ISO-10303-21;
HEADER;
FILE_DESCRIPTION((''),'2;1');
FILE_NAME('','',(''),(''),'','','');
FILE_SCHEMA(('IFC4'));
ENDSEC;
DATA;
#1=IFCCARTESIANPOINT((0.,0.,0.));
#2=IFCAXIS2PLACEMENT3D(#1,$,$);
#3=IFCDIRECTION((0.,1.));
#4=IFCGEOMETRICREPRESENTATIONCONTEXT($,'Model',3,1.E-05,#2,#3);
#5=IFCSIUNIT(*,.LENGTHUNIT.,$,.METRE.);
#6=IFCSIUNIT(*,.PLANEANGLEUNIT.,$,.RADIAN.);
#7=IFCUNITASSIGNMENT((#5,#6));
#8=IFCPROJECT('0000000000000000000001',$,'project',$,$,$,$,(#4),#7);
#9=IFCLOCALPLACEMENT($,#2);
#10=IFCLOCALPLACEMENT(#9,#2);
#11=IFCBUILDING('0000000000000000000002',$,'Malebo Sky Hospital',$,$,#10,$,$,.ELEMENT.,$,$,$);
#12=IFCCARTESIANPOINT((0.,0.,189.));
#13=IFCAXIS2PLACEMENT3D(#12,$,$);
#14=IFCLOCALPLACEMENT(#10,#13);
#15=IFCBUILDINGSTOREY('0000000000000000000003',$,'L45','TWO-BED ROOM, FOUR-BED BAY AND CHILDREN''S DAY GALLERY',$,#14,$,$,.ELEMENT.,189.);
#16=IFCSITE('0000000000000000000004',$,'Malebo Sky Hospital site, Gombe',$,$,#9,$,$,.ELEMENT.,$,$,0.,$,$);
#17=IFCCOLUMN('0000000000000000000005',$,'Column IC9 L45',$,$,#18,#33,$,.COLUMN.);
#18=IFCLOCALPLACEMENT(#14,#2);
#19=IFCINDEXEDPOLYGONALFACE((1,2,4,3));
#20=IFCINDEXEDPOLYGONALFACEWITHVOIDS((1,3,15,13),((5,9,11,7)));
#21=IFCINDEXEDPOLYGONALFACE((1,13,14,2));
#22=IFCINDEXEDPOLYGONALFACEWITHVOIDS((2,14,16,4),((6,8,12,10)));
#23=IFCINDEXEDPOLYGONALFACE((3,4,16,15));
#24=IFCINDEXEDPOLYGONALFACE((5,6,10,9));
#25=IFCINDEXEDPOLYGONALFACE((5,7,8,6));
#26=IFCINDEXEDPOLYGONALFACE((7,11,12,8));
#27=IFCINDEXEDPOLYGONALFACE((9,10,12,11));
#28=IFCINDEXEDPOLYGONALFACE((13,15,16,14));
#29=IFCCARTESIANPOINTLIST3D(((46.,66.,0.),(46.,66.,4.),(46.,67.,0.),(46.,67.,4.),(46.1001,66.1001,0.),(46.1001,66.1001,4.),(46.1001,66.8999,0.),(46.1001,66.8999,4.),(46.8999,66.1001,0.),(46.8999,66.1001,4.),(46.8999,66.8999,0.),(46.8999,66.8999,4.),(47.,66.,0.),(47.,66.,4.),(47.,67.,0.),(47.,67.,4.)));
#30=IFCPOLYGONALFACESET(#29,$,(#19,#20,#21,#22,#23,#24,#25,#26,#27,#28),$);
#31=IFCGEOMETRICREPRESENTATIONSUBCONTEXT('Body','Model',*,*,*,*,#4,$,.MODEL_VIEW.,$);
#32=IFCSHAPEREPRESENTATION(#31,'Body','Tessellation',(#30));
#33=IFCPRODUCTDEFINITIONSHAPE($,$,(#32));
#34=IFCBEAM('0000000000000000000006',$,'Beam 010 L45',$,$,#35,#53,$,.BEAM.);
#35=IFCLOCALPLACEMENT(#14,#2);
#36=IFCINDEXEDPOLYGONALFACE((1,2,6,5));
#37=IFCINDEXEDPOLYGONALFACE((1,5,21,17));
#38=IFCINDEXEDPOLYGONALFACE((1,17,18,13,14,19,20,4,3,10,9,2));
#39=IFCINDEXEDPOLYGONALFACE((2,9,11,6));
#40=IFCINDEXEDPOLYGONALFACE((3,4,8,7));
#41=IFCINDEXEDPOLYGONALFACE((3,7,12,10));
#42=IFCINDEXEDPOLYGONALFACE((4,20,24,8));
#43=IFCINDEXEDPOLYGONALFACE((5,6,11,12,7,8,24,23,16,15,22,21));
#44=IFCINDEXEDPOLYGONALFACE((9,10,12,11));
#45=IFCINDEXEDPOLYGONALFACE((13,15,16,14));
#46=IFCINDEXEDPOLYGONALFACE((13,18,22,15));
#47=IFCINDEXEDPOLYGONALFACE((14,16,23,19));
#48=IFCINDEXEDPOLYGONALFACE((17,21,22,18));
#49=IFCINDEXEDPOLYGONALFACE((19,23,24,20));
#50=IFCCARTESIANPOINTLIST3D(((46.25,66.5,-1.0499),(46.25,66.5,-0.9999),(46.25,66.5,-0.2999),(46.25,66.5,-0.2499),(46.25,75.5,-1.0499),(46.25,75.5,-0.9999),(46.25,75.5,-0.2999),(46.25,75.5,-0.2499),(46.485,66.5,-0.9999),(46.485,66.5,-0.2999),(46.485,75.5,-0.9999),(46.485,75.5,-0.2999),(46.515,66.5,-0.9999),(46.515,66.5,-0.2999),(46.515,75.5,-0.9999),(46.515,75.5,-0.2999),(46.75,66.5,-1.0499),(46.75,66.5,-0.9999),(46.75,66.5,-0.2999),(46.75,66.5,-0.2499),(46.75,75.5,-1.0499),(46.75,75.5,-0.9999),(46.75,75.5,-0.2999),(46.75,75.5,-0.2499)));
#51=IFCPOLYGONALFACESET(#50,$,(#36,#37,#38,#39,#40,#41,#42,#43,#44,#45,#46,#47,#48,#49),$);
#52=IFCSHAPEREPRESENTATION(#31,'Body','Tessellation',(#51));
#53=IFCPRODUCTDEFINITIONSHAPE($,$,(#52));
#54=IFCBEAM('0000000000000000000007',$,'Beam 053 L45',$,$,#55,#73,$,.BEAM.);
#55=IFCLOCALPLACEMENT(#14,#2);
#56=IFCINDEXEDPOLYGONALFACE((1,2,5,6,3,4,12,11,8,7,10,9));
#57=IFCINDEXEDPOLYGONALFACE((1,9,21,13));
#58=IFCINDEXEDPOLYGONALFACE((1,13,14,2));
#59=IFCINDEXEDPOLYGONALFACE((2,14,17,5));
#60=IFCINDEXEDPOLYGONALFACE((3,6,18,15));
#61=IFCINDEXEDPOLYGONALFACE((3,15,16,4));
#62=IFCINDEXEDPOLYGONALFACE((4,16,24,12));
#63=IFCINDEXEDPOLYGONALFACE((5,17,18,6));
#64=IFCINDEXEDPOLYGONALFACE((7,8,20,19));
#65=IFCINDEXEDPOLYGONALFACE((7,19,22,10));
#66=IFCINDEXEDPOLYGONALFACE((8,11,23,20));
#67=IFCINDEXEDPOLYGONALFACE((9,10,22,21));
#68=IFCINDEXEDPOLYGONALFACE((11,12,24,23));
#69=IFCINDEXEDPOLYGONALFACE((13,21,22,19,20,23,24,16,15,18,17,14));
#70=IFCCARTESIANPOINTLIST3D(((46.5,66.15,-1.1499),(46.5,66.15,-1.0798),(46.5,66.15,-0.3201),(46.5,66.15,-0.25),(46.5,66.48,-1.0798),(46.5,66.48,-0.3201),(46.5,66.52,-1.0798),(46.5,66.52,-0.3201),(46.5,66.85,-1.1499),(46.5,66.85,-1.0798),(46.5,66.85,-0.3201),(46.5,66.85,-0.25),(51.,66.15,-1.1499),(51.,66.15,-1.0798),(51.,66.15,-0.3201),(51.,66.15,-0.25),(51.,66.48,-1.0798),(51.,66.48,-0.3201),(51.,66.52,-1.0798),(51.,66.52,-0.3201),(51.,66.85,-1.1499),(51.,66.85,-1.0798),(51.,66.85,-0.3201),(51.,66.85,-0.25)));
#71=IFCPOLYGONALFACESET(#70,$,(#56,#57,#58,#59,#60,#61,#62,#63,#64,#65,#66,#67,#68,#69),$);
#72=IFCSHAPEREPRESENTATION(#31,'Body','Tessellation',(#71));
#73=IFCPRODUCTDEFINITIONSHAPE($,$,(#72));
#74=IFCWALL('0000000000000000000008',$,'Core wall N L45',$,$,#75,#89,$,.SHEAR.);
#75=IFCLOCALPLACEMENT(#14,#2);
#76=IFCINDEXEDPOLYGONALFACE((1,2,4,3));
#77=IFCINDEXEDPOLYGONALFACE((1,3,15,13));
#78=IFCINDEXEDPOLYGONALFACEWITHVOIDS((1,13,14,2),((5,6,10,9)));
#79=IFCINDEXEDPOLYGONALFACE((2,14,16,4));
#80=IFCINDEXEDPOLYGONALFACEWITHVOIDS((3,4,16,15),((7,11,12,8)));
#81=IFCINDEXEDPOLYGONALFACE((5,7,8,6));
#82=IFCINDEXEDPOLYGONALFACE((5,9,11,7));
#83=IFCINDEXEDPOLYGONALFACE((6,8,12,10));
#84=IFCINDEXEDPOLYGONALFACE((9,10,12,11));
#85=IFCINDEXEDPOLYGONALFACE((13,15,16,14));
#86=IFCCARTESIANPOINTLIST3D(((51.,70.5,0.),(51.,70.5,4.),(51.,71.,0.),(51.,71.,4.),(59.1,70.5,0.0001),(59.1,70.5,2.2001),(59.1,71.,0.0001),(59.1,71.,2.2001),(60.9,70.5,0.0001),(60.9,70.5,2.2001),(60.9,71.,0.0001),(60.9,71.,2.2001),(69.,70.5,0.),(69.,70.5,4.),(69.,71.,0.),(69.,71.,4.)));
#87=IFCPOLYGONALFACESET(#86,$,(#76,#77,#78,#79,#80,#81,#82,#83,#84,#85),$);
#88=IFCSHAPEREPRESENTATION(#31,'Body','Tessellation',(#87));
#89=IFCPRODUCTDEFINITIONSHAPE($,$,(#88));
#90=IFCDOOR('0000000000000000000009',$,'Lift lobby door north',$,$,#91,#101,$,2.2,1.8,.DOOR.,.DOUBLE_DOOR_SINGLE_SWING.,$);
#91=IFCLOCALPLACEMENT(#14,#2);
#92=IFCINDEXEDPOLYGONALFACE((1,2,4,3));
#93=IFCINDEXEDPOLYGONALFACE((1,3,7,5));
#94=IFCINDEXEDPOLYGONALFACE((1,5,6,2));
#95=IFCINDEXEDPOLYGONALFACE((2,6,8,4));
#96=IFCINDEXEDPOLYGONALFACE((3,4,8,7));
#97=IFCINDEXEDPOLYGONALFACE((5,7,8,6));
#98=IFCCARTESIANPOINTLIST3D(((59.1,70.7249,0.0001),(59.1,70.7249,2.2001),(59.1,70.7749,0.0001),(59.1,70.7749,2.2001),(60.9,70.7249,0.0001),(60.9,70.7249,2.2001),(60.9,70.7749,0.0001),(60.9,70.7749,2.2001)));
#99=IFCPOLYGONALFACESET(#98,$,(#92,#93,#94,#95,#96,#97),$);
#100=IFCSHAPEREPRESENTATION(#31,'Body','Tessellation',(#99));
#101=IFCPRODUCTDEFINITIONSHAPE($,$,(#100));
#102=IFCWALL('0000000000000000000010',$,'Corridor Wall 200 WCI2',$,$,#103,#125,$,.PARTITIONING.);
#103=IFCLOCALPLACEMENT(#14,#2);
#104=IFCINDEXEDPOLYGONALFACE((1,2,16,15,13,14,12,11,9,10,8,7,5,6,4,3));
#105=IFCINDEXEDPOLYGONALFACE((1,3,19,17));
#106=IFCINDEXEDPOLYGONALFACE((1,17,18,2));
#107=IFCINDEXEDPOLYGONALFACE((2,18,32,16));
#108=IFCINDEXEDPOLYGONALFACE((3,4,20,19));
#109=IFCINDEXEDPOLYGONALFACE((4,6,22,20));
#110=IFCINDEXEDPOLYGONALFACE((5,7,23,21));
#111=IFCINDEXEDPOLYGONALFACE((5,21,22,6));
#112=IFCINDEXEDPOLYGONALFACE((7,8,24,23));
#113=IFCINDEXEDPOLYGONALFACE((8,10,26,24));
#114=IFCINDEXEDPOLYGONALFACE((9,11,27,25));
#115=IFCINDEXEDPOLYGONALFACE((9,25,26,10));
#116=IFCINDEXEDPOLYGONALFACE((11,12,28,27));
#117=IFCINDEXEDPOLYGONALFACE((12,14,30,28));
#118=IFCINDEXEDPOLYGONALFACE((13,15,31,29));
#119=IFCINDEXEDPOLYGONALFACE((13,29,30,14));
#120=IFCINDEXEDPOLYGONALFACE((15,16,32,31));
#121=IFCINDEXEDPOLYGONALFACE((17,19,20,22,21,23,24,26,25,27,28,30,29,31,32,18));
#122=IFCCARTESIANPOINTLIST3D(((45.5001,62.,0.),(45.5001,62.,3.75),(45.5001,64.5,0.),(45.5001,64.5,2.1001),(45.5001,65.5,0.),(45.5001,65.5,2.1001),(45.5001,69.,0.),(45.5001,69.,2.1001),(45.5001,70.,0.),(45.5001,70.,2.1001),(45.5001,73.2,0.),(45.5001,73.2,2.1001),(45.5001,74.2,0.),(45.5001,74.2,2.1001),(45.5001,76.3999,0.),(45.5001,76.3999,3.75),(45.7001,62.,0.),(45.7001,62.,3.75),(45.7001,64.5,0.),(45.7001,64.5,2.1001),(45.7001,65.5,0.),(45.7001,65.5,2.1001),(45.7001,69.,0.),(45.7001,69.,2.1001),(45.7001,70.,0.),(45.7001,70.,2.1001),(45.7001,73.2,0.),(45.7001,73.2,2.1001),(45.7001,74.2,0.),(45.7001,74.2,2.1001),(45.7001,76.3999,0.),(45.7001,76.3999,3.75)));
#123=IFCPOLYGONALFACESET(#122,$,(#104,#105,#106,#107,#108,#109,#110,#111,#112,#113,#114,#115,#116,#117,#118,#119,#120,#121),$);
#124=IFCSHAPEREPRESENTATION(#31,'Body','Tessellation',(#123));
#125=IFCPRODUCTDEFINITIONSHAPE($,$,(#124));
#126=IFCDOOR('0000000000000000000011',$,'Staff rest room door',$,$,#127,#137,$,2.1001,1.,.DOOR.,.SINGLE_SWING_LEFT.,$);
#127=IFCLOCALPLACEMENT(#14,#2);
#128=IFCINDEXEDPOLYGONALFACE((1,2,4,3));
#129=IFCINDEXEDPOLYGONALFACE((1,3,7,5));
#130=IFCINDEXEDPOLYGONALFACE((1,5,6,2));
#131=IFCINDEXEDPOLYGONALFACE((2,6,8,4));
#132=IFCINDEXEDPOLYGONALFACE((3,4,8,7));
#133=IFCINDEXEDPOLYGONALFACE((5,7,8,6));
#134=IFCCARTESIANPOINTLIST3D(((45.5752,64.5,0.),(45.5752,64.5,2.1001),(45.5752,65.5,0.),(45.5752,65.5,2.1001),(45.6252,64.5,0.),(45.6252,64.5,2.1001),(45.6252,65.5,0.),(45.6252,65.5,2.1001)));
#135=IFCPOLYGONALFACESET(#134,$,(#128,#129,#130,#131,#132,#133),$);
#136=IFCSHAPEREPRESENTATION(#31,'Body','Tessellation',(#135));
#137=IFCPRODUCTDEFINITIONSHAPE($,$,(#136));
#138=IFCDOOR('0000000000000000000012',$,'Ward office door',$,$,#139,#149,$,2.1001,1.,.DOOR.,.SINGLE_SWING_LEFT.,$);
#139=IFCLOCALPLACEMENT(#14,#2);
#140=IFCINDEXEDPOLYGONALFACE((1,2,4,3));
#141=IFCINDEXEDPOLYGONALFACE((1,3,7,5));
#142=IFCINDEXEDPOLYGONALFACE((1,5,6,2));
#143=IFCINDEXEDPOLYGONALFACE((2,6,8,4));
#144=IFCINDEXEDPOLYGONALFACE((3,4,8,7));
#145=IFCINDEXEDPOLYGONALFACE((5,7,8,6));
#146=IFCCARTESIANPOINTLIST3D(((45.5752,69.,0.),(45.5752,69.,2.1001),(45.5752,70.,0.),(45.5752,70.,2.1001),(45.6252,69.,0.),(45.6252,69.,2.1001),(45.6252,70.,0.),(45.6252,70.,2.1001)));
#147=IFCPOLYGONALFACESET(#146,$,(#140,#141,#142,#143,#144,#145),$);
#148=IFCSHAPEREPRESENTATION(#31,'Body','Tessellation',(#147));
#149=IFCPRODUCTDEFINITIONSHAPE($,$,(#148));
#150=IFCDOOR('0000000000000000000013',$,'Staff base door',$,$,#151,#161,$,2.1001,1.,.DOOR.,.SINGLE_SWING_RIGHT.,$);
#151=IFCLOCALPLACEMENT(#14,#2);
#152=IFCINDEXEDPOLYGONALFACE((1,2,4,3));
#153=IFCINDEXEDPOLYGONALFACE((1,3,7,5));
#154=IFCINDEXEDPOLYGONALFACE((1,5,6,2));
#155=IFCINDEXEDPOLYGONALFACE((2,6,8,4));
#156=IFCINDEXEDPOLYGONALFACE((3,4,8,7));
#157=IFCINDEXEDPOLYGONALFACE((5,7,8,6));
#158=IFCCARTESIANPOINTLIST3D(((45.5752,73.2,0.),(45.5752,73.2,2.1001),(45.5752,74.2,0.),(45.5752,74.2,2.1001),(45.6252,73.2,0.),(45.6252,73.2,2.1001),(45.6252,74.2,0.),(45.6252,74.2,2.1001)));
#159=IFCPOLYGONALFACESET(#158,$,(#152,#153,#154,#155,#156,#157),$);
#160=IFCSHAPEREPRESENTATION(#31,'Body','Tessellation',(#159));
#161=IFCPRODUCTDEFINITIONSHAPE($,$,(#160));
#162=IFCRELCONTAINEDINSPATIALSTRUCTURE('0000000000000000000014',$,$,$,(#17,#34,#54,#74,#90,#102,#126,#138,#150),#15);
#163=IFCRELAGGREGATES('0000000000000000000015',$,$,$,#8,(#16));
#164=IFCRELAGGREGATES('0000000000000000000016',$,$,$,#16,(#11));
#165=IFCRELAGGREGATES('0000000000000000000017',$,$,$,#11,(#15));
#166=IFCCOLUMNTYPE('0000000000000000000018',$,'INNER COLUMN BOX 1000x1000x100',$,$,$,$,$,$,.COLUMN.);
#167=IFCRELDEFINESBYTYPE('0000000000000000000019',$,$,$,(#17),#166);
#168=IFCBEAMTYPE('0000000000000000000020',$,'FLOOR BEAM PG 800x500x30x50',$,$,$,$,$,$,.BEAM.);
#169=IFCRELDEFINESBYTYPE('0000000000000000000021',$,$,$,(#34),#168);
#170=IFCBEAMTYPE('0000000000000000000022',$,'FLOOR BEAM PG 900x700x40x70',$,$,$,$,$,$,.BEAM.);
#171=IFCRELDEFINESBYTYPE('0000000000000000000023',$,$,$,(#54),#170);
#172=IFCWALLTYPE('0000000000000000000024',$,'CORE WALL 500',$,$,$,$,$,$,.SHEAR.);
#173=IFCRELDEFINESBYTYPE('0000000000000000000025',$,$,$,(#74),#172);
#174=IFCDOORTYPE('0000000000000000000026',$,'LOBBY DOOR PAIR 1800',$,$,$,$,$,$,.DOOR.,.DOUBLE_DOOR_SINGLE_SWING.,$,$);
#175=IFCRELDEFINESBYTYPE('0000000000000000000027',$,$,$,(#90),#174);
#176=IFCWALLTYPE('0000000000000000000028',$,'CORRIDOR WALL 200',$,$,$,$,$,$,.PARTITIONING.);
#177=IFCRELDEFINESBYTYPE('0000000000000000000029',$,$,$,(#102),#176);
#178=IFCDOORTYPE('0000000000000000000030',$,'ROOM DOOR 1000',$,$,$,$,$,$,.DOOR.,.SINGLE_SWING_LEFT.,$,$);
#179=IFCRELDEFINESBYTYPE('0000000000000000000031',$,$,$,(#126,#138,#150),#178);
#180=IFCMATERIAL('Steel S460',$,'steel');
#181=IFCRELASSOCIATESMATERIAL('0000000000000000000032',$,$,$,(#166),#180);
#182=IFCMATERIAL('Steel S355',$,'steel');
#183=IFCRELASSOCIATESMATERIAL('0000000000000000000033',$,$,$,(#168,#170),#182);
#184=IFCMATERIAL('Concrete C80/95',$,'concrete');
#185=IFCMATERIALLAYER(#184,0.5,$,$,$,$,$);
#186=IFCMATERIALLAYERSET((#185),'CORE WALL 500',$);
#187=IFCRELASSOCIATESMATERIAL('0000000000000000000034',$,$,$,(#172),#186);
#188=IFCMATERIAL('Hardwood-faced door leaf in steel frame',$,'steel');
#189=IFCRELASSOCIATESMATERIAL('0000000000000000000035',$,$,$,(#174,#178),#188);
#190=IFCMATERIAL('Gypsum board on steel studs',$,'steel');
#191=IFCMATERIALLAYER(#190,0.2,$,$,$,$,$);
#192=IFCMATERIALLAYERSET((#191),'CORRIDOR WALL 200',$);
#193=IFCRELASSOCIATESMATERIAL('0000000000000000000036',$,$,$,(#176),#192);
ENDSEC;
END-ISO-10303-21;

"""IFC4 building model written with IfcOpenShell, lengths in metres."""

from ifc_helpers import new_model, si_unit, direction, frame, frame_2d, origin, origin_2d, place, context, subcontext, project, spatial, rectangle, hollow_rectangle, i_section, extrude, material, layer, layer_set, material_profile, profile_set, type_object, element, fill, save


model = new_model("IFC4")

# Units and contexts
model_context = context("Model", 3, precision=1e-05, world=origin(), true_north=direction((0.0, 1.0)))
body_context = subcontext(model_context, "Body", "Model", "MODEL_VIEW")
ifc_project = project(units=[si_unit("LENGTHUNIT", "METRE"), si_unit("PLANEANGLEUNIT", "RADIAN")], contexts=[model_context])

# Site, building, storey
site_placement = place(None, origin())
site = spatial("IfcSite", under=ifc_project, at=site_placement, Name="Malebo Sky Hospital site, Gombe", CompositionType="ELEMENT", RefElevation=0.0)
building_placement = place(site_placement, origin())
building = spatial("IfcBuilding", under=site, at=building_placement, Name="Malebo Sky Hospital", CompositionType="ELEMENT")
storey_placement = place(building_placement, frame((0.0, 0.0, 189.0)))
storey = spatial("IfcBuildingStorey", under=building, at=storey_placement, Name="L45", Description="TWO-BED ROOM, FOUR-BED BAY AND CHILDREN'S DAY GALLERY", CompositionType="ELEMENT", Elevation=189.0)

# Column
ifc_material_1 = material(Name="Steel S460", Category="steel")
ifc_material_profile_1 = material_profile(ifc_material_1, hollow_rectangle(XDim=1.0, YDim=1.0, WallThickness=0.1001, at=origin_2d()), Name="BOX 1000x1000x100")
ifc_profile_set_1 = profile_set([ifc_material_profile_1], Name="Steel S460")
column_type = type_object("IfcColumnType", Name="INNER COLUMN BOX 1000x1000x100", PredefinedType="COLUMN", material=ifc_profile_set_1)
column_placement = place(storey_placement, frame((46.5, 66.5, 0.0), z_axis=(0.0, 0.0, 1.0), x_axis=(1.0, 0.0, 0.0)))
element("IfcColumn", 1, at=column_placement, inside=storey, type_object=column_type, Name="Column IC9 L45", PredefinedType="COLUMN", context=body_context, shape_type="SweptSolid", body=[
    extrude(hollow_rectangle(XDim=1.0, YDim=1.0, WallThickness=0.1001, at=origin_2d()), origin(), (0.0, 0.0, 1.0), 4.0),
])

# Beams
ifc_material_2 = material(Name="Steel S355", Category="steel")
ifc_material_profile_2 = material_profile(ifc_material_2, i_section(OverallWidth=0.5, OverallDepth=0.8, WebThickness=0.03, FlangeThickness=0.05, at=origin_2d()), Name="PG 800x500x30x50")
ifc_profile_set_2 = profile_set([ifc_material_profile_2], Name="Steel S355")
beam_type_1 = type_object("IfcBeamType", Name="FLOOR BEAM PG 800x500x30x50", PredefinedType="BEAM", material=ifc_profile_set_2)
beam_1_placement = place(storey_placement, frame((46.5, 66.5, -0.6499), z_axis=(0.0, 1.0, 0.0), x_axis=(-1.0, 0.0, 0.0)))
element("IfcBeam", 2, at=beam_1_placement, inside=storey, type_object=beam_type_1, Name="Beam 010 L45", PredefinedType="BEAM", context=body_context, shape_type="SweptSolid", body=[
    extrude(i_section(OverallWidth=0.5, OverallDepth=0.8, WebThickness=0.03, FlangeThickness=0.05, at=origin_2d()), origin(), (0.0, 0.0, 1.0), 9.0),
])
ifc_material_profile_3 = material_profile(ifc_material_2, i_section(OverallWidth=0.7, OverallDepth=0.8999, WebThickness=0.04, FlangeThickness=0.0701, at=origin_2d()), Name="PG 900x700x40x70")
ifc_profile_set_3 = profile_set([ifc_material_profile_3], Name="Steel S355")
beam_type_2 = type_object("IfcBeamType", Name="FLOOR BEAM PG 900x700x40x70", PredefinedType="BEAM", material=ifc_profile_set_3)
beam_2_placement = place(storey_placement, frame((46.5, 66.5, -0.7), z_axis=(1.0, 0.0, 0.0), x_axis=(0.0, 1.0, 0.0)))
element("IfcBeam", 3, at=beam_2_placement, inside=storey, type_object=beam_type_2, Name="Beam 053 L45", PredefinedType="BEAM", context=body_context, shape_type="SweptSolid", body=[
    extrude(i_section(OverallWidth=0.7, OverallDepth=0.8999, WebThickness=0.04, FlangeThickness=0.0701, at=origin_2d()), origin(), (0.0, 0.0, 1.0), 4.5),
])

# Wall, opening, door
ifc_material_3 = material(Name="Concrete C80/95", Category="concrete")
ifc_layer_1 = layer(ifc_material_3, 0.5)
ifc_layer_set_1 = layer_set([ifc_layer_1], Name="CORE WALL 500")
wall_type_1 = type_object("IfcWallType", Name="CORE WALL 500", PredefinedType="SHEAR", material=ifc_layer_set_1)
wall_1_placement = place(storey_placement, frame((51.0, 70.75, 0.0), z_axis=(0.0, 0.0, 1.0), x_axis=(1.0, 0.0, 0.0)))
wall_1 = element("IfcWall", 4, at=wall_1_placement, inside=storey, type_object=wall_type_1, Name="Core wall N L45", PredefinedType="SHEAR", context=body_context, shape_type="SweptSolid", body=[
    extrude(rectangle(XDim=18.0, YDim=0.5, at=frame_2d((9.0, 0.0))), origin(), (0.0, 0.0, 1.0), 4.0),
])
opening_1_placement = place(wall_1_placement, frame((8.1001, 0.0, 0.0)))
opening_1 = element("IfcOpeningElement", 5, at=opening_1_placement, cuts=wall_1, PredefinedType="OPENING", context=body_context, shape_type="SweptSolid", body=[
    extrude(rectangle(XDim=1.8, YDim=2.2, at=frame_2d((0.8999, 1.1001))), frame((0.0, 0.26, 0.0), z_axis=(0.0, -1.0, 0.0), x_axis=(1.0, 0.0, 0.0)), (0.0, 0.0, 1.0), 0.52),
])
ifc_material_4 = material(Name="Hardwood-faced door leaf in steel frame", Category="steel")
door_type_1 = type_object("IfcDoorType", Name="LOBBY DOOR PAIR 1800", OperationType="DOUBLE_DOOR_SINGLE_SWING", PredefinedType="DOOR", material=ifc_material_4)
door_1_placement = place(opening_1_placement, origin())
door_1 = element("IfcDoor", 6, at=door_1_placement, inside=storey, type_object=door_type_1, Name="Lift lobby door north", OperationType="DOUBLE_DOOR_SINGLE_SWING", OverallHeight=2.2, OverallWidth=1.8, PredefinedType="DOOR", context=body_context, shape_type="SweptSolid", body=[
    extrude(rectangle(XDim=1.8, YDim=2.2, at=frame_2d((0.8999, 1.1001))), frame((0.0, 0.0249, 0.0), z_axis=(0.0, -1.0, 0.0), x_axis=(1.0, 0.0, 0.0)), (0.0, 0.0, 1.0), 0.05),
])
fill(opening_1, door_1)

# Wall, openings, doors
ifc_material_5 = material(Name="Gypsum board on steel studs", Category="steel")
ifc_layer_2 = layer(ifc_material_5, 0.2)
ifc_layer_set_2 = layer_set([ifc_layer_2], Name="CORRIDOR WALL 200")
wall_type_2 = type_object("IfcWallType", Name="CORRIDOR WALL 200", PredefinedType="PARTITIONING", material=ifc_layer_set_2)
wall_2_placement = place(storey_placement, frame((45.6001, 62.0, 0.0), z_axis=(0.0, 0.0, 1.0), x_axis=(0.0, 1.0, 0.0)))
wall_2 = element("IfcWall", 7, at=wall_2_placement, inside=storey, type_object=wall_type_2, Name="Corridor Wall 200 WCI2", PredefinedType="PARTITIONING", context=body_context, shape_type="SweptSolid", body=[
    extrude(rectangle(XDim=14.3999, YDim=0.2, at=frame_2d((7.2, 0.0))), origin(), (0.0, 0.0, 1.0), 3.75),
])
opening_2_placement = place(wall_2_placement, frame((2.5, 0.0, 0.0)))
opening_2 = element("IfcOpeningElement", 8, at=opening_2_placement, cuts=wall_2, PredefinedType="OPENING", context=body_context, shape_type="SweptSolid", body=[
    extrude(rectangle(XDim=1.0, YDim=2.1001, at=frame_2d((0.5, 1.05))), frame((0.0, 0.1099, 0.0), z_axis=(0.0, -1.0, 0.0), x_axis=(1.0, 0.0, 0.0)), (0.0, 0.0, 1.0), 0.22),
])
opening_3_placement = place(wall_2_placement, frame((7.0, 0.0, 0.0)))
opening_3 = element("IfcOpeningElement", 9, at=opening_3_placement, cuts=wall_2, PredefinedType="OPENING", context=body_context, shape_type="SweptSolid", body=[
    extrude(rectangle(XDim=1.0, YDim=2.1001, at=frame_2d((0.5, 1.05))), frame((0.0, 0.1099, 0.0), z_axis=(0.0, -1.0, 0.0), x_axis=(1.0, 0.0, 0.0)), (0.0, 0.0, 1.0), 0.22),
])
opening_4_placement = place(wall_2_placement, frame((11.2, 0.0, 0.0)))
opening_4 = element("IfcOpeningElement", 10, at=opening_4_placement, cuts=wall_2, PredefinedType="OPENING", context=body_context, shape_type="SweptSolid", body=[
    extrude(rectangle(XDim=1.0, YDim=2.1001, at=frame_2d((0.5, 1.05))), frame((0.0, 0.1099, 0.0), z_axis=(0.0, -1.0, 0.0), x_axis=(1.0, 0.0, 0.0)), (0.0, 0.0, 1.0), 0.22),
])
door_type_2 = type_object("IfcDoorType", Name="ROOM DOOR 1000", OperationType="SINGLE_SWING_LEFT", PredefinedType="DOOR", material=ifc_material_4)
door_2_placement = place(opening_2_placement, origin())
door_2 = element("IfcDoor", 11, at=door_2_placement, inside=storey, type_object=door_type_2, Name="Staff rest room door", OperationType="SINGLE_SWING_LEFT", OverallHeight=2.1001, OverallWidth=1.0, PredefinedType="DOOR", context=body_context, shape_type="SweptSolid", body=[
    extrude(rectangle(XDim=1.0, YDim=2.1001, at=frame_2d((0.5, 1.05))), frame((0.0, 0.0249, 0.0), z_axis=(0.0, -1.0, 0.0), x_axis=(1.0, 0.0, 0.0)), (0.0, 0.0, 1.0), 0.05),
])
fill(opening_2, door_2)
door_3_placement = place(opening_3_placement, origin())
door_3 = element("IfcDoor", 12, at=door_3_placement, inside=storey, type_object=door_type_2, Name="Ward office door", OperationType="SINGLE_SWING_LEFT", OverallHeight=2.1001, OverallWidth=1.0, PredefinedType="DOOR", context=body_context, shape_type="SweptSolid", body=[
    extrude(rectangle(XDim=1.0, YDim=2.1001, at=frame_2d((0.5, 1.05))), frame((0.0, 0.0249, 0.0), z_axis=(0.0, -1.0, 0.0), x_axis=(1.0, 0.0, 0.0)), (0.0, 0.0, 1.0), 0.05),
])
fill(opening_3, door_3)
door_4_placement = place(opening_4_placement, origin())
door_4 = element("IfcDoor", 13, at=door_4_placement, inside=storey, type_object=door_type_2, Name="Staff base door", OperationType="SINGLE_SWING_RIGHT", OverallHeight=2.1001, OverallWidth=1.0, PredefinedType="DOOR", context=body_context, shape_type="SweptSolid", body=[
    extrude(rectangle(XDim=1.0, YDim=2.1001, at=frame_2d((0.5, 1.05))), frame((0.0, 0.0249, 0.0), z_axis=(0.0, -1.0, 0.0), x_axis=(1.0, 0.0, 0.0)), (0.0, 0.0, 1.0), 0.05),
])
fill(opening_4, door_4)

save(model, "model.ifc")
